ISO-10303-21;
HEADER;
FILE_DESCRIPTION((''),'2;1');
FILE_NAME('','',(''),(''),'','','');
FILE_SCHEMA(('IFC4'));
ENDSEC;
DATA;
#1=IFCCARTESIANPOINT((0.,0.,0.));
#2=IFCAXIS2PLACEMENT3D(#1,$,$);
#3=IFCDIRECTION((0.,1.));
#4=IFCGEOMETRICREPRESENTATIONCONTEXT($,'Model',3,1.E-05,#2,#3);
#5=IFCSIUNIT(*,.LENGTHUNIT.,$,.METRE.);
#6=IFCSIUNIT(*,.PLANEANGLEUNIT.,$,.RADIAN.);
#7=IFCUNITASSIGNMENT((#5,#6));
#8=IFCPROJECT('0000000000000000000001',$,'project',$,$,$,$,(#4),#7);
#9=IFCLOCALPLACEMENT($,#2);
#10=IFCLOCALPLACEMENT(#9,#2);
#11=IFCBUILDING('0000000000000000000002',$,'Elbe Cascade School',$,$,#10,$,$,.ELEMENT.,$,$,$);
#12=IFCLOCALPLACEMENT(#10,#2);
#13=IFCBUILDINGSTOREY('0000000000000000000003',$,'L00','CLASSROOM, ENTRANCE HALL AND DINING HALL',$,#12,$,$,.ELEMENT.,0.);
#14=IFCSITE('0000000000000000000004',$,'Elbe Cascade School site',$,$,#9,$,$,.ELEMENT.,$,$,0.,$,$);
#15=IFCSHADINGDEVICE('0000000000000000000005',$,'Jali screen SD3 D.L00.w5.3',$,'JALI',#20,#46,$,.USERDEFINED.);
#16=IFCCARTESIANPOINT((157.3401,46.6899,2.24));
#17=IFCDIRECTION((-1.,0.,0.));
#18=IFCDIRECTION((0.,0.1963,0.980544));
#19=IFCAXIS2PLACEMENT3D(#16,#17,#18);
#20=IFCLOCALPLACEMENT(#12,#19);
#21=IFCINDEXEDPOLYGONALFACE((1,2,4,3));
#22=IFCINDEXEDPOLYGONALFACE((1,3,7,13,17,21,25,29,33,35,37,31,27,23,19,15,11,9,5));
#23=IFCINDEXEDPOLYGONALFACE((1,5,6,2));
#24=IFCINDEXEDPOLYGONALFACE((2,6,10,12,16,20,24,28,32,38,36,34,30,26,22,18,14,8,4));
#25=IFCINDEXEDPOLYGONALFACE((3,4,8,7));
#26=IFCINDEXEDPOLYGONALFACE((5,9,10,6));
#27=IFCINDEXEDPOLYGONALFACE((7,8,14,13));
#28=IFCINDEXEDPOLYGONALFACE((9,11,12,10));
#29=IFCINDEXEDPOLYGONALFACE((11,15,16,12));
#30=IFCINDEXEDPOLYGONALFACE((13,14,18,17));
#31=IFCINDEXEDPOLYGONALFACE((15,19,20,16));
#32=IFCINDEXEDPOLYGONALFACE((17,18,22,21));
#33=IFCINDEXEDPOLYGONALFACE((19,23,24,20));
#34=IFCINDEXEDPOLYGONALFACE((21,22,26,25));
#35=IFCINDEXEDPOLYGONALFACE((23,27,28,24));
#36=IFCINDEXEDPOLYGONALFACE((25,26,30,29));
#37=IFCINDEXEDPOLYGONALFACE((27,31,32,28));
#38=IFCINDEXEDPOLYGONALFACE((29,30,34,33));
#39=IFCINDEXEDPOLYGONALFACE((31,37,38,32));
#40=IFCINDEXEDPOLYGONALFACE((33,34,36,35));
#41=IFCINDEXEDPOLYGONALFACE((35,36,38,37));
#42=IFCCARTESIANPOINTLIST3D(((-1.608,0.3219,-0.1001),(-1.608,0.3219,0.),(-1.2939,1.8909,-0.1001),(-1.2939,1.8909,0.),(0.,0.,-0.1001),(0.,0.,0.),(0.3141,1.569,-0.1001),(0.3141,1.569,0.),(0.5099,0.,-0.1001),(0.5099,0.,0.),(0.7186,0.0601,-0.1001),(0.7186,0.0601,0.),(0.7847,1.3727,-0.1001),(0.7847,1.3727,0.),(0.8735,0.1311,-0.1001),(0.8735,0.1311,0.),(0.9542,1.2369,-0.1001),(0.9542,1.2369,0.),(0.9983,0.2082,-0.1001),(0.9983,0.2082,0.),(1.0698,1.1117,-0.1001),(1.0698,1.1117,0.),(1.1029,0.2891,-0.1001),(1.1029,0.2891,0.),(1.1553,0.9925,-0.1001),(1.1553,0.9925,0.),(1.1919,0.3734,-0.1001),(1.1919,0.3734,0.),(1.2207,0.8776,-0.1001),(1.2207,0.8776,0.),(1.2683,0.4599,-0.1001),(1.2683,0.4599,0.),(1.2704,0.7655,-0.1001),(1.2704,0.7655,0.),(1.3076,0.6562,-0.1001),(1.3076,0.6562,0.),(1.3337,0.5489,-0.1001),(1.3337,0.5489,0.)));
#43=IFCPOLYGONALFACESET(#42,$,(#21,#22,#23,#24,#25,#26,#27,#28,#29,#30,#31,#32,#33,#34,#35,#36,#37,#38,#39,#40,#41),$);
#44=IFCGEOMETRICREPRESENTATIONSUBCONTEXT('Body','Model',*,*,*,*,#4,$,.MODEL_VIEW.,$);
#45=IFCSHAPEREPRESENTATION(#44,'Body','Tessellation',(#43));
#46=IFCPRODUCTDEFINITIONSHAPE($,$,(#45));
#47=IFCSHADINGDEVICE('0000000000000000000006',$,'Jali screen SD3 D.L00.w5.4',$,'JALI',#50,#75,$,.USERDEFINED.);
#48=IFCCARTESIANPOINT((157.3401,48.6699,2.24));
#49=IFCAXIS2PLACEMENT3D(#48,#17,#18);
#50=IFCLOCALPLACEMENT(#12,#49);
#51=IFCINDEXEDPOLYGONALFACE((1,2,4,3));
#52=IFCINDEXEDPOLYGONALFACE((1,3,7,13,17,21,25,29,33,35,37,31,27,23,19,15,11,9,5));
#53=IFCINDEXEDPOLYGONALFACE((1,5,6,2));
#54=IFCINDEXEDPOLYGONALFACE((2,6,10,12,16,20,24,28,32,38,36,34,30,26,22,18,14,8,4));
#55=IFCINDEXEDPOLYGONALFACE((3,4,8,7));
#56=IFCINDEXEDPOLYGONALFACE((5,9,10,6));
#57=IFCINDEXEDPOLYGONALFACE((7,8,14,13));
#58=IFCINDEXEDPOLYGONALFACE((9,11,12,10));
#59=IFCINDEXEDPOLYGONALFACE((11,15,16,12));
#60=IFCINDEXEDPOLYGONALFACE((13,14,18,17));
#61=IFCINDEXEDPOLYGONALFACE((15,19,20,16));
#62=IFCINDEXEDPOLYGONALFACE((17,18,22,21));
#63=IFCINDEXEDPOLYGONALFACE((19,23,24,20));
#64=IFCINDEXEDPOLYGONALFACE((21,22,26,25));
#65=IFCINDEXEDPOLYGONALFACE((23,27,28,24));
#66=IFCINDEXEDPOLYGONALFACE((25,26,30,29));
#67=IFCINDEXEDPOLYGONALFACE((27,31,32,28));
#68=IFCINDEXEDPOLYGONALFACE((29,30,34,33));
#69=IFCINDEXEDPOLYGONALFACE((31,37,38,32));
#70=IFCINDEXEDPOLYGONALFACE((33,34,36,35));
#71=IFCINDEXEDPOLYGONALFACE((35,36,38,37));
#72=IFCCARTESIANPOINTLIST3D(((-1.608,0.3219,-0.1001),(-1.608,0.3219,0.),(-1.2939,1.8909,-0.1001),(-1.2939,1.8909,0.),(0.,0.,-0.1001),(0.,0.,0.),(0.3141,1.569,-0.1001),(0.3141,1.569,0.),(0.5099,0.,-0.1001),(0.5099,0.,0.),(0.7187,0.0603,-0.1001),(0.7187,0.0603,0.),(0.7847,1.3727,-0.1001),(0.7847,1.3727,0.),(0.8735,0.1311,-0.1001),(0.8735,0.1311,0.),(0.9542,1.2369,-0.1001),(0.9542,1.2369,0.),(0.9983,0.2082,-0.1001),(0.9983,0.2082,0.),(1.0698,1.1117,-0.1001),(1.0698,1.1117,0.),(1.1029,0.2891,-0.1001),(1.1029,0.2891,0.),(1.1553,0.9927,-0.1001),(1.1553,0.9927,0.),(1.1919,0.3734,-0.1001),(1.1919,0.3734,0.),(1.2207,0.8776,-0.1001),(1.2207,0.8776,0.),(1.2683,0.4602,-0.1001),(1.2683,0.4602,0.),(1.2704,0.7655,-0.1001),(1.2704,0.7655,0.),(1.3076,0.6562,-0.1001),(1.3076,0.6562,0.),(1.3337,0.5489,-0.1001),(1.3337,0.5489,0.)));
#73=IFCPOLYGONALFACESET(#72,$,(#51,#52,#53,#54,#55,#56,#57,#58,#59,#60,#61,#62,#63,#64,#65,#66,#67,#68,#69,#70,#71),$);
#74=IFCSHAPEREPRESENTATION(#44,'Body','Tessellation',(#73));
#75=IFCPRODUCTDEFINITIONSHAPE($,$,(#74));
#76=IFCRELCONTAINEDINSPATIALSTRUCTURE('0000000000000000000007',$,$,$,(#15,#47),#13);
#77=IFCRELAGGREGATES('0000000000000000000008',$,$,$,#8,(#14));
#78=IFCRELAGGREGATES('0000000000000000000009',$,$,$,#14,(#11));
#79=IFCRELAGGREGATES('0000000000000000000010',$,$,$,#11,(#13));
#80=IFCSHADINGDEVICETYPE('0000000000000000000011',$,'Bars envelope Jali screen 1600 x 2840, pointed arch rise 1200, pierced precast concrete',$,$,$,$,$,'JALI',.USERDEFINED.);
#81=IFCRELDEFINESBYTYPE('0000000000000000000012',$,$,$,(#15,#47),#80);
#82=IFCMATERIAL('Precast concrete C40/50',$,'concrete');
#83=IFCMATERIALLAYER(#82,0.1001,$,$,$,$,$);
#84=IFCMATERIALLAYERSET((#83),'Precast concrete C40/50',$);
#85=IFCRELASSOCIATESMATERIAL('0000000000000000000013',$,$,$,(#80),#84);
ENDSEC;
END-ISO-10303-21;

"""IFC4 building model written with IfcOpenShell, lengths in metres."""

from ifc_helpers import new_model, si_unit, direction, frame, origin, place, context, subcontext, project, spatial, polyline, outline, extrude, material, layer, layer_set, type_object, element, save


model = new_model("IFC4")

# Units and contexts
model_context = context("Model", 3, precision=1e-05, world=origin(), true_north=direction((0.0, 1.0)))
body_context = subcontext(model_context, "Body", "Model", "MODEL_VIEW")
ifc_project = project(units=[si_unit("LENGTHUNIT", "METRE"), si_unit("PLANEANGLEUNIT", "RADIAN")], contexts=[model_context])

# Site, building, storey
site_placement = place(None, origin())
site = spatial("IfcSite", under=ifc_project, at=site_placement, Name="Elbe Cascade School site", CompositionType="ELEMENT", RefElevation=0.0)
building_placement = place(site_placement, origin())
building = spatial("IfcBuilding", under=site, at=building_placement, Name="Elbe Cascade School", CompositionType="ELEMENT")
storey_placement = place(building_placement, origin())
storey = spatial("IfcBuildingStorey", under=building, at=storey_placement, Name="L00", Description="CLASSROOM, ENTRANCE HALL AND DINING HALL", CompositionType="ELEMENT", Elevation=0.0)

# Shading devices
ifc_material_1 = material(Name="Precast concrete C40/50", Category="concrete")
ifc_layer_1 = layer(ifc_material_1, 0.1001)
ifc_layer_set_1 = layer_set([ifc_layer_1], Name="Precast concrete C40/50")
shading_device_type = type_object("IfcShadingDeviceType", Name="Bars envelope Jali screen 1600 x 2840, pointed arch rise 1200, pierced precast concrete", ElementType="JALI", PredefinedType="USERDEFINED", material=ifc_layer_set_1)
shading_device_1_placement = place(storey_placement, frame((157.3401, 46.6899, 2.24), z_axis=(-1.0, 0.0, 0.0), x_axis=(0.0, 0.1963, 0.980544)))
element("IfcShadingDevice", 1, at=shading_device_1_placement, inside=storey, type_object=shading_device_type, Name="Jali screen SD3 D.L00.w5.3", ObjectType="JALI", PredefinedType="USERDEFINED", context=body_context, shape_type="SweptSolid", body=[
    extrude(outline(polyline([(0.0, 0.0), (0.5099, 0.0), (0.7186, 0.0601), (0.8735, 0.1311), (0.9983, 0.2082), (1.1029, 0.2891), (1.1919, 0.3734), (1.2683, 0.4599), (1.3337, 0.5489), (1.3076, 0.6562), (1.2704, 0.7655), (1.2207, 0.8776), (1.1553, 0.9925), (1.0698, 1.1117), (0.9542, 1.2369), (0.7847, 1.3727), (0.3141, 1.569), (-1.2939, 1.8909), (-1.608, 0.3219), (0.0, 0.0)])), origin(), (0.0, 0.0, -1.0), 0.1001),
])
shading_device_2_placement = place(storey_placement, frame((157.3401, 48.6699, 2.24), z_axis=(-1.0, 0.0, 0.0), x_axis=(0.0, 0.1963, 0.980544)))
element("IfcShadingDevice", 2, at=shading_device_2_placement, inside=storey, type_object=shading_device_type, Name="Jali screen SD3 D.L00.w5.4", ObjectType="JALI", PredefinedType="USERDEFINED", context=body_context, shape_type="SweptSolid", body=[
    extrude(outline(polyline([(0.0, 0.0), (0.5099, 0.0), (0.7187, 0.0603), (0.8735, 0.1311), (0.9983, 0.2082), (1.1029, 0.2891), (1.1919, 0.3734), (1.2683, 0.4602), (1.3337, 0.5489), (1.3076, 0.6562), (1.2704, 0.7655), (1.2207, 0.8776), (1.1553, 0.9927), (1.0698, 1.1117), (0.9542, 1.2369), (0.7847, 1.3727), (0.3141, 1.569), (-1.2939, 1.8909), (-1.608, 0.3219), (0.0, 0.0)])), origin(), (0.0, 0.0, -1.0), 0.1001),
])

save(model, "model.ifc")
